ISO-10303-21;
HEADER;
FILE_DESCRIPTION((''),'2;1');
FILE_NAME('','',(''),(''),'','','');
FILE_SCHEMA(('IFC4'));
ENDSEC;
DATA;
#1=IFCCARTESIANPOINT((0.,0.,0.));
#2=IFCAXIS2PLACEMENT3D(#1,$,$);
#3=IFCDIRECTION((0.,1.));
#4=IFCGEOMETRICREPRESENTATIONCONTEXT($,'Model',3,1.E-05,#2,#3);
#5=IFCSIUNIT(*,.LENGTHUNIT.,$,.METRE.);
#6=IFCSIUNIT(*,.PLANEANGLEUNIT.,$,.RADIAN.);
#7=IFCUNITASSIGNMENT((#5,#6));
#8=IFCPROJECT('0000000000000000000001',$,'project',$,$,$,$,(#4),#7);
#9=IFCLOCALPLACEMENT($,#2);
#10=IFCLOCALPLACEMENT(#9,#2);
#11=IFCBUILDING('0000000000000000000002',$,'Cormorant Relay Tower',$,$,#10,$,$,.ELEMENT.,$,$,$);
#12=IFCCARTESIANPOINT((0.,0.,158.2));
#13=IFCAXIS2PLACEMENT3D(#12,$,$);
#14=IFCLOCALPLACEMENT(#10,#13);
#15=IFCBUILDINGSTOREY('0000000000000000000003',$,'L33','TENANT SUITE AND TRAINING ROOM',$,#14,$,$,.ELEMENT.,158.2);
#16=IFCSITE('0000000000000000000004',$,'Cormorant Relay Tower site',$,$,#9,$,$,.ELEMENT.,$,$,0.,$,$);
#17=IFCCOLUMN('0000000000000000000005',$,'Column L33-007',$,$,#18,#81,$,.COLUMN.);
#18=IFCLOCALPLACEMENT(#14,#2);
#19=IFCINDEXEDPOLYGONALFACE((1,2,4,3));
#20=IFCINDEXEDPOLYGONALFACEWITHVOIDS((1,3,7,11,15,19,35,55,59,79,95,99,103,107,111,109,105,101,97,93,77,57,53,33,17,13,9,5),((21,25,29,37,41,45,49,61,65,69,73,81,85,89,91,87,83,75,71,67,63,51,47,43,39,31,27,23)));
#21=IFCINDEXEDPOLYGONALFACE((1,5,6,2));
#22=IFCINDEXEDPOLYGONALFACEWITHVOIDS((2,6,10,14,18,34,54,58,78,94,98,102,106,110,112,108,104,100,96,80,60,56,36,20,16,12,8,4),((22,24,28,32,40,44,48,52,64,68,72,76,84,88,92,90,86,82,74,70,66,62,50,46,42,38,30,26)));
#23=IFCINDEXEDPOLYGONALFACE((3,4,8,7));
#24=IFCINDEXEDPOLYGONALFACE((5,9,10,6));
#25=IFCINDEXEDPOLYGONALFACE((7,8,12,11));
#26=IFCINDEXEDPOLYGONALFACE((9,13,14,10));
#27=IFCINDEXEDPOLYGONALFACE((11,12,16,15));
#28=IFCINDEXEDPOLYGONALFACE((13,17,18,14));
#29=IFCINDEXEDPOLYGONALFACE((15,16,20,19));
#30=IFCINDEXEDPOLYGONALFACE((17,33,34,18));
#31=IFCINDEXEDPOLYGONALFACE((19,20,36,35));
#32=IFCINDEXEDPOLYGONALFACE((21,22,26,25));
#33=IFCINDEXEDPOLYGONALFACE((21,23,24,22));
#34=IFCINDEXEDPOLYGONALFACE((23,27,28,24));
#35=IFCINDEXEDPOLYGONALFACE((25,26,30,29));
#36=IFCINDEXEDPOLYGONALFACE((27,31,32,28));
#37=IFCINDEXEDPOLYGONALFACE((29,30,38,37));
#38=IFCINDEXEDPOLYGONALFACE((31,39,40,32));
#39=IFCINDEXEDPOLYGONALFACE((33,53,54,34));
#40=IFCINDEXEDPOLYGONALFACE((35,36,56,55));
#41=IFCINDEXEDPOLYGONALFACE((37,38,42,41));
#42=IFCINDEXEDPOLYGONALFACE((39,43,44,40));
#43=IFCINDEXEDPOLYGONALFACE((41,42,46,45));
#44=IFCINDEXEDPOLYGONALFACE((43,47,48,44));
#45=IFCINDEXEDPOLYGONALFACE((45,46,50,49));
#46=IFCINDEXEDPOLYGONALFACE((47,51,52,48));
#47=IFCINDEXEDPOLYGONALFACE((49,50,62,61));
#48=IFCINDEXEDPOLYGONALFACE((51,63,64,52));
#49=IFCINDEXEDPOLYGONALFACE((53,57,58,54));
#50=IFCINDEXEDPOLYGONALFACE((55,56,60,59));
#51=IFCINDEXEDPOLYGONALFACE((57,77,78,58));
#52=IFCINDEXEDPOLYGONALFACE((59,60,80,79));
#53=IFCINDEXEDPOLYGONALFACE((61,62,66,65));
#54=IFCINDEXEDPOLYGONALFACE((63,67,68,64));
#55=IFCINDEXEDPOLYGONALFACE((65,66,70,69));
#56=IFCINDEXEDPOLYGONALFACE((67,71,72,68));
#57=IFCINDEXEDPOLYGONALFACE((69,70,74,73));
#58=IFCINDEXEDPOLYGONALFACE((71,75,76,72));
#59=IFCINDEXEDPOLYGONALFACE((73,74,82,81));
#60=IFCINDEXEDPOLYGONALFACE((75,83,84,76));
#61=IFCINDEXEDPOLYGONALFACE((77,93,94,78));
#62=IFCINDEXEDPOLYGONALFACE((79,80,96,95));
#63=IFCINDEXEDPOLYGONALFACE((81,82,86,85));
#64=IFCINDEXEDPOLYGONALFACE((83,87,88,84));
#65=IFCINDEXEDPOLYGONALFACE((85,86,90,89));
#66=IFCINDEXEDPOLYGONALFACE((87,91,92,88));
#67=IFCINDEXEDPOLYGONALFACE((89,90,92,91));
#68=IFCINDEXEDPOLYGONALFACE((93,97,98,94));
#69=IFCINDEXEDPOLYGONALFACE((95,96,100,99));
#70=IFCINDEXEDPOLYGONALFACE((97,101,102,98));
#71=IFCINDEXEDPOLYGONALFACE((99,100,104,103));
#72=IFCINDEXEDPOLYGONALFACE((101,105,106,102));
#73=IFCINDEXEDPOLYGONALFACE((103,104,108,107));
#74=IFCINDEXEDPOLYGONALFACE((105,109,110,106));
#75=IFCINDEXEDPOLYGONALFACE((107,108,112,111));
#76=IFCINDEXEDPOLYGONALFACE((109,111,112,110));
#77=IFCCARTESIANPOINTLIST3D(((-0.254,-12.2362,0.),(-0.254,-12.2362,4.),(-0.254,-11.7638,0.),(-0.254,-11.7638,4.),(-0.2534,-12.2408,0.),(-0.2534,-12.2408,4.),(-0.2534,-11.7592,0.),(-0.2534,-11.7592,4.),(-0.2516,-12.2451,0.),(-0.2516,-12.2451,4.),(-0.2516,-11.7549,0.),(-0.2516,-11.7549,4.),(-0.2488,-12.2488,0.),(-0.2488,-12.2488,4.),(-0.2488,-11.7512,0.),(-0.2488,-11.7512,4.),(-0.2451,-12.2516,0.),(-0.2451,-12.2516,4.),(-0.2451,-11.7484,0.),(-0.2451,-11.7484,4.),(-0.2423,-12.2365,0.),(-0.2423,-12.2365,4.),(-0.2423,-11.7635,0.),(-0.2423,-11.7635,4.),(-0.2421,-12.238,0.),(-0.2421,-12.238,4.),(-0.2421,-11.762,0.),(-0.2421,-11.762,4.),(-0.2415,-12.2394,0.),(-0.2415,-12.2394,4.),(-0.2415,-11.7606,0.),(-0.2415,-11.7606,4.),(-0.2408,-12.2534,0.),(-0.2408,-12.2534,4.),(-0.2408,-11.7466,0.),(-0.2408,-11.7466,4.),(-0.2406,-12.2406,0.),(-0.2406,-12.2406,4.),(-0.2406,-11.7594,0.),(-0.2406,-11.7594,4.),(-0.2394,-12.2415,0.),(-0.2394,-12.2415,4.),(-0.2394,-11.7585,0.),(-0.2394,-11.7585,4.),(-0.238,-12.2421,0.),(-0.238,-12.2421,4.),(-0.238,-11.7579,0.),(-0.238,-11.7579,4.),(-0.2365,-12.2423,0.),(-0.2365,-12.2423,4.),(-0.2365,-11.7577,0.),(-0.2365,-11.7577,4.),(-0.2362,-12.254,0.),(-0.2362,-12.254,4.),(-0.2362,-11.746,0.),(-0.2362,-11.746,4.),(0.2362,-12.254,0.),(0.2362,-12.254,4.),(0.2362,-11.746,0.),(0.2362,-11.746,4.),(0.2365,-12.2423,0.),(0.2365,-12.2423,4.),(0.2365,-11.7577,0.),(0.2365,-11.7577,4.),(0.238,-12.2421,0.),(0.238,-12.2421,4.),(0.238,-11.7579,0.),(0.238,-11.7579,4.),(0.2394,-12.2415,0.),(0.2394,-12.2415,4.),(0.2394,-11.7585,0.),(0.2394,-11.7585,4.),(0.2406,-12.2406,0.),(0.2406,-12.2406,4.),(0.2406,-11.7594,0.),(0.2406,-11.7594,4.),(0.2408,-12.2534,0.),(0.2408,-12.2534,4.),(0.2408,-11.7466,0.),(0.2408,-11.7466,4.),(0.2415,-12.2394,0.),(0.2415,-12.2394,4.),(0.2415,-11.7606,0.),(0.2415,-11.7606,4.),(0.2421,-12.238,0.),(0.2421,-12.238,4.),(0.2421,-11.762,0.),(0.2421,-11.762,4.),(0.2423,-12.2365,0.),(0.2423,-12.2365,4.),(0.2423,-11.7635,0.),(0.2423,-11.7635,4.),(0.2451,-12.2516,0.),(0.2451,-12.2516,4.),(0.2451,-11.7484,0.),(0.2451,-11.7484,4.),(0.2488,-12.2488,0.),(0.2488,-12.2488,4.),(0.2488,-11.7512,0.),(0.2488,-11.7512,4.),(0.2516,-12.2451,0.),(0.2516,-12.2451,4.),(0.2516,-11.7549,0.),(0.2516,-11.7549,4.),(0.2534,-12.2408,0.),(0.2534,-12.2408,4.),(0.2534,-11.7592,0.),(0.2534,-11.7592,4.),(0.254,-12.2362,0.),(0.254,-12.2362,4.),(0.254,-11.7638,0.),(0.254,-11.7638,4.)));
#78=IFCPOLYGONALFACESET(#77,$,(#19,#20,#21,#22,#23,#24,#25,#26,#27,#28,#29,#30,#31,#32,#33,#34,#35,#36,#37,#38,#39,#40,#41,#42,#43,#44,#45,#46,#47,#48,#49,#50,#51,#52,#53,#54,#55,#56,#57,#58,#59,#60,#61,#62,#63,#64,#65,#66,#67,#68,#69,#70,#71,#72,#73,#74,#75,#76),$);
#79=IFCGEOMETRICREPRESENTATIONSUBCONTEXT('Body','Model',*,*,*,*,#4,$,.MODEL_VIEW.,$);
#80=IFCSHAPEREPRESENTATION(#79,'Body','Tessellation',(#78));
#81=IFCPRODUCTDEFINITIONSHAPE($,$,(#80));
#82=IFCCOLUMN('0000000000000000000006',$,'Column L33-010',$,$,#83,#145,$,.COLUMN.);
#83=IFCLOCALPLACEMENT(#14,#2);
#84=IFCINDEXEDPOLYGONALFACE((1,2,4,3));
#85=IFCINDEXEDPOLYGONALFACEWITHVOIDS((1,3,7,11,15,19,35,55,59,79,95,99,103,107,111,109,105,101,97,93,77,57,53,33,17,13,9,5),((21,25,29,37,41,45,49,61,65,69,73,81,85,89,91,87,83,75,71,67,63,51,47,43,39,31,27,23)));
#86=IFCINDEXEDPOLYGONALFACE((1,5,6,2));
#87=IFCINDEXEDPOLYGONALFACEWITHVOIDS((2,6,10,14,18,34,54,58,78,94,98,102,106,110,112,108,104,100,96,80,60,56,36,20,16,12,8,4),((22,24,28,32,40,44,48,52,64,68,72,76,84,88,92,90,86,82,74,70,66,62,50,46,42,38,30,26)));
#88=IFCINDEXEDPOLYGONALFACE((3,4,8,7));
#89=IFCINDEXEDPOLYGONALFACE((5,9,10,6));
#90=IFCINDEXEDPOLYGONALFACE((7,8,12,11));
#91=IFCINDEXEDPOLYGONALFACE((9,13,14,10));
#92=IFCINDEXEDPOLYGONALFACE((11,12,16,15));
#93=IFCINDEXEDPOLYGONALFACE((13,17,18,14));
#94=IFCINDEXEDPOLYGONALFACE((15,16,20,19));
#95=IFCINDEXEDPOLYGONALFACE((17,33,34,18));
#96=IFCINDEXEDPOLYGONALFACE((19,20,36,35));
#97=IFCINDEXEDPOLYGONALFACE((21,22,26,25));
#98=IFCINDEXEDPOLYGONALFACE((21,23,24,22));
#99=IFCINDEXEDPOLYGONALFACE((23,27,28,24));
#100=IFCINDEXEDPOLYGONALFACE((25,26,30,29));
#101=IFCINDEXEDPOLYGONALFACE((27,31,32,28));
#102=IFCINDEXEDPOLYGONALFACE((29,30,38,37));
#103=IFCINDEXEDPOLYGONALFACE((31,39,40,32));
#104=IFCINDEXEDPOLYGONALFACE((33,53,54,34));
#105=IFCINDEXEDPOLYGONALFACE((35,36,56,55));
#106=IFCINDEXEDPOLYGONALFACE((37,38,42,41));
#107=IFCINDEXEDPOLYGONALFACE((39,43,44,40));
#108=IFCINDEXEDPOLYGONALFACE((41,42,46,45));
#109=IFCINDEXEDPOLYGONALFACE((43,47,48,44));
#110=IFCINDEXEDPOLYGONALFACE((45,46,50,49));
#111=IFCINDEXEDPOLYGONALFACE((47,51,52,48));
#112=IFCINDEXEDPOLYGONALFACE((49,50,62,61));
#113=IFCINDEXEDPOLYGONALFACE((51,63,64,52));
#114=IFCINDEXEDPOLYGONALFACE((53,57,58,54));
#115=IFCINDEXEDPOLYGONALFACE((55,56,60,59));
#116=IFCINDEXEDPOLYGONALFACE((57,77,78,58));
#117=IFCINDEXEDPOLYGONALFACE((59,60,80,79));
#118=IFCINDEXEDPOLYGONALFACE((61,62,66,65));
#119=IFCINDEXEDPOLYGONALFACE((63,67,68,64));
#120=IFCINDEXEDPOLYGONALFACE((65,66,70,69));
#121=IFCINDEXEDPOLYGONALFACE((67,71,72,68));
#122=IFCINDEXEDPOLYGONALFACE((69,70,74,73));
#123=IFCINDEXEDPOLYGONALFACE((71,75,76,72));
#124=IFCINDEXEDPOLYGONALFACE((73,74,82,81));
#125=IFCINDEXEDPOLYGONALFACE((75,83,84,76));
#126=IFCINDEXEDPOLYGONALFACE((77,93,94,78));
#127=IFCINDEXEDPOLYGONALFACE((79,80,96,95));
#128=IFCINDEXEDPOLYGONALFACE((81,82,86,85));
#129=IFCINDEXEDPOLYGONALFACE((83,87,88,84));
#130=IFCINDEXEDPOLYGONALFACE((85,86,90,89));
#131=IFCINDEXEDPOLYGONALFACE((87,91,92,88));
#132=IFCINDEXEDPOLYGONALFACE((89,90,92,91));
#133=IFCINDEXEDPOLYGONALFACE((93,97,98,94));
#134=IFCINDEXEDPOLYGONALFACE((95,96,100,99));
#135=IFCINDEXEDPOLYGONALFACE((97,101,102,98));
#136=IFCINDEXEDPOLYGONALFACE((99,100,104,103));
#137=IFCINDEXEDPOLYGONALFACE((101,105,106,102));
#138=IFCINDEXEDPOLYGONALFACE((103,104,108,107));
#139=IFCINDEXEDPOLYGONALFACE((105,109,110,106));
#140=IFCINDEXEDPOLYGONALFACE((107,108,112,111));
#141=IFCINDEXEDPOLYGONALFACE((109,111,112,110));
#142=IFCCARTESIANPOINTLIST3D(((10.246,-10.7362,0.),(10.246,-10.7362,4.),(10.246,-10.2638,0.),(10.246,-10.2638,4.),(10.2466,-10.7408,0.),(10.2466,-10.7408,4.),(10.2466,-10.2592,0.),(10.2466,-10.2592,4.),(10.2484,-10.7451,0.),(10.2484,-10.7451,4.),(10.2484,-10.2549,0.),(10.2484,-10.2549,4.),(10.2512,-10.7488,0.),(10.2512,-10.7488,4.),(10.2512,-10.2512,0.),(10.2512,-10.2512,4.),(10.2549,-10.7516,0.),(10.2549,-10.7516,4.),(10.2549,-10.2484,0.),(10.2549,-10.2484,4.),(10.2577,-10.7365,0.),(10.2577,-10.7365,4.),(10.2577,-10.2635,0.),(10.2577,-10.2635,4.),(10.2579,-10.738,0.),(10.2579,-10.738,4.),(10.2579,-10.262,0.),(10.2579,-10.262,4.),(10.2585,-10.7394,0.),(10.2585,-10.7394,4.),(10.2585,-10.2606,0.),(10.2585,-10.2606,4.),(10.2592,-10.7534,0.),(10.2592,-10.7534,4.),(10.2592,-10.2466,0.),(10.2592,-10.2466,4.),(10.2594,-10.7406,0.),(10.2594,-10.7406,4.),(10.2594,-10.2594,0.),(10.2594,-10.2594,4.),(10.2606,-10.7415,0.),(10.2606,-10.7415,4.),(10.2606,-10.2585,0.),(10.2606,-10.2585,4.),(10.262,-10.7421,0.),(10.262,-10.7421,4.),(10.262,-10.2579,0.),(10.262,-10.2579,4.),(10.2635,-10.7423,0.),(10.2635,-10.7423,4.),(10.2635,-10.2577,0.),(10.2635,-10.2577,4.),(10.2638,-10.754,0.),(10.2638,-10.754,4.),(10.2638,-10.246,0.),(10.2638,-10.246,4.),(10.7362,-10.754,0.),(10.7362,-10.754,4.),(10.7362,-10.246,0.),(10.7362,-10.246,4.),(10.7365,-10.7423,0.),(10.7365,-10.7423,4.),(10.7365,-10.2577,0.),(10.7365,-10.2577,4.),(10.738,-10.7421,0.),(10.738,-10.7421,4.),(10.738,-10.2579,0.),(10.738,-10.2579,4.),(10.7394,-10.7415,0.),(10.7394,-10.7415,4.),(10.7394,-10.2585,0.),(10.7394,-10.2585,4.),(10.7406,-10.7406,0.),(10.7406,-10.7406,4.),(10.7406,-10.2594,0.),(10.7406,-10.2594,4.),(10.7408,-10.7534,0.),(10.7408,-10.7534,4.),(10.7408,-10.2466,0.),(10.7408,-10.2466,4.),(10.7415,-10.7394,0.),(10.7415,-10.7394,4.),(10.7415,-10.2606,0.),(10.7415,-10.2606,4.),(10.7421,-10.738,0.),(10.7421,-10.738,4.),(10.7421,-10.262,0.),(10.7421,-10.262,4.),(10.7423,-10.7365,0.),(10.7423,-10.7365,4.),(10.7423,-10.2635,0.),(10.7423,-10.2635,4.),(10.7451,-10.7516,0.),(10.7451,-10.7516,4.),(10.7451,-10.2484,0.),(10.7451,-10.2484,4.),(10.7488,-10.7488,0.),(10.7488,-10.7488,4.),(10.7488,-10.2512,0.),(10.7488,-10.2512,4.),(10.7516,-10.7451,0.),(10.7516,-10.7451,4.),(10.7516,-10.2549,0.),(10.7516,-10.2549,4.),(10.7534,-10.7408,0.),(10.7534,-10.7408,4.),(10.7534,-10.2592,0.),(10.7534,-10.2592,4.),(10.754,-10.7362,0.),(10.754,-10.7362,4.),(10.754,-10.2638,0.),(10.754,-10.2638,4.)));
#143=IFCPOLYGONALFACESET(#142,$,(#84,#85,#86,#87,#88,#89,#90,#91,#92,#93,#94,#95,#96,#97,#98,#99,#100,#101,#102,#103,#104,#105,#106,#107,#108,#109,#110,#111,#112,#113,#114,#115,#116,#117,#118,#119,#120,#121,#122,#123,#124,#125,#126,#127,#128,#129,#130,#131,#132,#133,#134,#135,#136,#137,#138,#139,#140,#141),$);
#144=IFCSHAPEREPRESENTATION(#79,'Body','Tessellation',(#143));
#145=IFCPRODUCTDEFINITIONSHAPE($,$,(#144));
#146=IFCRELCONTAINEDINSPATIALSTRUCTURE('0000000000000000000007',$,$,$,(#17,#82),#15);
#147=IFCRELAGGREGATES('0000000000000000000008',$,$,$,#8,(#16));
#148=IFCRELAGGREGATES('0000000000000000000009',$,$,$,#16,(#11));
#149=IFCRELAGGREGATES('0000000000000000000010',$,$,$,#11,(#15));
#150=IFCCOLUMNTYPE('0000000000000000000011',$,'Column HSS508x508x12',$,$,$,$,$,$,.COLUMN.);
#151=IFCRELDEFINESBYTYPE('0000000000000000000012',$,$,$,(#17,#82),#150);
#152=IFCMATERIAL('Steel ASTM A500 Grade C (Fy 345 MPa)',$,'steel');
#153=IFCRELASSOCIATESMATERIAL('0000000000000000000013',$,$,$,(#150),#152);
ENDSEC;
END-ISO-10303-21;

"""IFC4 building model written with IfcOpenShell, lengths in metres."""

from ifc_helpers import new_model, si_unit, direction, frame, origin, origin_2d, place, context, subcontext, project, spatial, hollow_rectangle, extrude, material, material_profile, profile_set, type_object, element, save


model = new_model("IFC4")

# Units and contexts
model_context = context("Model", 3, precision=1e-05, world=origin(), true_north=direction((0.0, 1.0)))
body_context = subcontext(model_context, "Body", "Model", "MODEL_VIEW")
ifc_project = project(units=[si_unit("LENGTHUNIT", "METRE"), si_unit("PLANEANGLEUNIT", "RADIAN")], contexts=[model_context])

# Site, building, storey
site_placement = place(None, origin())
site = spatial("IfcSite", under=ifc_project, at=site_placement, Name="Cormorant Relay Tower site", CompositionType="ELEMENT", RefElevation=0.0)
building_placement = place(site_placement, origin())
building = spatial("IfcBuilding", under=site, at=building_placement, Name="Cormorant Relay Tower", CompositionType="ELEMENT")
storey_placement = place(building_placement, frame((0.0, 0.0, 158.2)))
storey = spatial("IfcBuildingStorey", under=building, at=storey_placement, Name="L33", Description="TENANT SUITE AND TRAINING ROOM", CompositionType="ELEMENT", Elevation=158.2)

# Columns
ifc_material_1 = material(Name="Steel ASTM A500 Grade C (Fy 345 MPa)", Category="steel")
ifc_material_profile = material_profile(ifc_material_1, hollow_rectangle(XDim=0.5081, YDim=0.5081, WallThickness=0.0117, InnerFilletRadius=0.0059, OuterFilletRadius=0.0178, at=origin_2d()), Name="HSS508x508x12")
ifc_profile_set = profile_set([ifc_material_profile], Name="Steel ASTM A500 Grade C (Fy 345 MPa)")
column_type = type_object("IfcColumnType", Name="Column HSS508x508x12", PredefinedType="COLUMN", material=ifc_profile_set)
for number, where, z_axis, x_axis, name in (
    (1, (0.0, -12.0, 0.0), (0.0, 0.0, 1.0), (1.0, 0.0, 0.0), "Column L33-007"),
    (2, (10.5, -10.5, 0.0), (0.0, 0.0, 1.0), (1.0, 0.0, 0.0), "Column L33-010"),
):
    element("IfcColumn", number, at=place(storey_placement, frame(where, z_axis=z_axis, x_axis=x_axis)), inside=storey, type_object=column_type, Name=name, PredefinedType="COLUMN", context=body_context, shape_type="SweptSolid", body=[
        extrude(hollow_rectangle(XDim=0.5081, YDim=0.5081, WallThickness=0.0117, InnerFilletRadius=0.0059, OuterFilletRadius=0.0178, at=origin_2d()), origin(), (0.0, 0.0, 1.0), 4.0),
    ])

save(model, "model.ifc")
